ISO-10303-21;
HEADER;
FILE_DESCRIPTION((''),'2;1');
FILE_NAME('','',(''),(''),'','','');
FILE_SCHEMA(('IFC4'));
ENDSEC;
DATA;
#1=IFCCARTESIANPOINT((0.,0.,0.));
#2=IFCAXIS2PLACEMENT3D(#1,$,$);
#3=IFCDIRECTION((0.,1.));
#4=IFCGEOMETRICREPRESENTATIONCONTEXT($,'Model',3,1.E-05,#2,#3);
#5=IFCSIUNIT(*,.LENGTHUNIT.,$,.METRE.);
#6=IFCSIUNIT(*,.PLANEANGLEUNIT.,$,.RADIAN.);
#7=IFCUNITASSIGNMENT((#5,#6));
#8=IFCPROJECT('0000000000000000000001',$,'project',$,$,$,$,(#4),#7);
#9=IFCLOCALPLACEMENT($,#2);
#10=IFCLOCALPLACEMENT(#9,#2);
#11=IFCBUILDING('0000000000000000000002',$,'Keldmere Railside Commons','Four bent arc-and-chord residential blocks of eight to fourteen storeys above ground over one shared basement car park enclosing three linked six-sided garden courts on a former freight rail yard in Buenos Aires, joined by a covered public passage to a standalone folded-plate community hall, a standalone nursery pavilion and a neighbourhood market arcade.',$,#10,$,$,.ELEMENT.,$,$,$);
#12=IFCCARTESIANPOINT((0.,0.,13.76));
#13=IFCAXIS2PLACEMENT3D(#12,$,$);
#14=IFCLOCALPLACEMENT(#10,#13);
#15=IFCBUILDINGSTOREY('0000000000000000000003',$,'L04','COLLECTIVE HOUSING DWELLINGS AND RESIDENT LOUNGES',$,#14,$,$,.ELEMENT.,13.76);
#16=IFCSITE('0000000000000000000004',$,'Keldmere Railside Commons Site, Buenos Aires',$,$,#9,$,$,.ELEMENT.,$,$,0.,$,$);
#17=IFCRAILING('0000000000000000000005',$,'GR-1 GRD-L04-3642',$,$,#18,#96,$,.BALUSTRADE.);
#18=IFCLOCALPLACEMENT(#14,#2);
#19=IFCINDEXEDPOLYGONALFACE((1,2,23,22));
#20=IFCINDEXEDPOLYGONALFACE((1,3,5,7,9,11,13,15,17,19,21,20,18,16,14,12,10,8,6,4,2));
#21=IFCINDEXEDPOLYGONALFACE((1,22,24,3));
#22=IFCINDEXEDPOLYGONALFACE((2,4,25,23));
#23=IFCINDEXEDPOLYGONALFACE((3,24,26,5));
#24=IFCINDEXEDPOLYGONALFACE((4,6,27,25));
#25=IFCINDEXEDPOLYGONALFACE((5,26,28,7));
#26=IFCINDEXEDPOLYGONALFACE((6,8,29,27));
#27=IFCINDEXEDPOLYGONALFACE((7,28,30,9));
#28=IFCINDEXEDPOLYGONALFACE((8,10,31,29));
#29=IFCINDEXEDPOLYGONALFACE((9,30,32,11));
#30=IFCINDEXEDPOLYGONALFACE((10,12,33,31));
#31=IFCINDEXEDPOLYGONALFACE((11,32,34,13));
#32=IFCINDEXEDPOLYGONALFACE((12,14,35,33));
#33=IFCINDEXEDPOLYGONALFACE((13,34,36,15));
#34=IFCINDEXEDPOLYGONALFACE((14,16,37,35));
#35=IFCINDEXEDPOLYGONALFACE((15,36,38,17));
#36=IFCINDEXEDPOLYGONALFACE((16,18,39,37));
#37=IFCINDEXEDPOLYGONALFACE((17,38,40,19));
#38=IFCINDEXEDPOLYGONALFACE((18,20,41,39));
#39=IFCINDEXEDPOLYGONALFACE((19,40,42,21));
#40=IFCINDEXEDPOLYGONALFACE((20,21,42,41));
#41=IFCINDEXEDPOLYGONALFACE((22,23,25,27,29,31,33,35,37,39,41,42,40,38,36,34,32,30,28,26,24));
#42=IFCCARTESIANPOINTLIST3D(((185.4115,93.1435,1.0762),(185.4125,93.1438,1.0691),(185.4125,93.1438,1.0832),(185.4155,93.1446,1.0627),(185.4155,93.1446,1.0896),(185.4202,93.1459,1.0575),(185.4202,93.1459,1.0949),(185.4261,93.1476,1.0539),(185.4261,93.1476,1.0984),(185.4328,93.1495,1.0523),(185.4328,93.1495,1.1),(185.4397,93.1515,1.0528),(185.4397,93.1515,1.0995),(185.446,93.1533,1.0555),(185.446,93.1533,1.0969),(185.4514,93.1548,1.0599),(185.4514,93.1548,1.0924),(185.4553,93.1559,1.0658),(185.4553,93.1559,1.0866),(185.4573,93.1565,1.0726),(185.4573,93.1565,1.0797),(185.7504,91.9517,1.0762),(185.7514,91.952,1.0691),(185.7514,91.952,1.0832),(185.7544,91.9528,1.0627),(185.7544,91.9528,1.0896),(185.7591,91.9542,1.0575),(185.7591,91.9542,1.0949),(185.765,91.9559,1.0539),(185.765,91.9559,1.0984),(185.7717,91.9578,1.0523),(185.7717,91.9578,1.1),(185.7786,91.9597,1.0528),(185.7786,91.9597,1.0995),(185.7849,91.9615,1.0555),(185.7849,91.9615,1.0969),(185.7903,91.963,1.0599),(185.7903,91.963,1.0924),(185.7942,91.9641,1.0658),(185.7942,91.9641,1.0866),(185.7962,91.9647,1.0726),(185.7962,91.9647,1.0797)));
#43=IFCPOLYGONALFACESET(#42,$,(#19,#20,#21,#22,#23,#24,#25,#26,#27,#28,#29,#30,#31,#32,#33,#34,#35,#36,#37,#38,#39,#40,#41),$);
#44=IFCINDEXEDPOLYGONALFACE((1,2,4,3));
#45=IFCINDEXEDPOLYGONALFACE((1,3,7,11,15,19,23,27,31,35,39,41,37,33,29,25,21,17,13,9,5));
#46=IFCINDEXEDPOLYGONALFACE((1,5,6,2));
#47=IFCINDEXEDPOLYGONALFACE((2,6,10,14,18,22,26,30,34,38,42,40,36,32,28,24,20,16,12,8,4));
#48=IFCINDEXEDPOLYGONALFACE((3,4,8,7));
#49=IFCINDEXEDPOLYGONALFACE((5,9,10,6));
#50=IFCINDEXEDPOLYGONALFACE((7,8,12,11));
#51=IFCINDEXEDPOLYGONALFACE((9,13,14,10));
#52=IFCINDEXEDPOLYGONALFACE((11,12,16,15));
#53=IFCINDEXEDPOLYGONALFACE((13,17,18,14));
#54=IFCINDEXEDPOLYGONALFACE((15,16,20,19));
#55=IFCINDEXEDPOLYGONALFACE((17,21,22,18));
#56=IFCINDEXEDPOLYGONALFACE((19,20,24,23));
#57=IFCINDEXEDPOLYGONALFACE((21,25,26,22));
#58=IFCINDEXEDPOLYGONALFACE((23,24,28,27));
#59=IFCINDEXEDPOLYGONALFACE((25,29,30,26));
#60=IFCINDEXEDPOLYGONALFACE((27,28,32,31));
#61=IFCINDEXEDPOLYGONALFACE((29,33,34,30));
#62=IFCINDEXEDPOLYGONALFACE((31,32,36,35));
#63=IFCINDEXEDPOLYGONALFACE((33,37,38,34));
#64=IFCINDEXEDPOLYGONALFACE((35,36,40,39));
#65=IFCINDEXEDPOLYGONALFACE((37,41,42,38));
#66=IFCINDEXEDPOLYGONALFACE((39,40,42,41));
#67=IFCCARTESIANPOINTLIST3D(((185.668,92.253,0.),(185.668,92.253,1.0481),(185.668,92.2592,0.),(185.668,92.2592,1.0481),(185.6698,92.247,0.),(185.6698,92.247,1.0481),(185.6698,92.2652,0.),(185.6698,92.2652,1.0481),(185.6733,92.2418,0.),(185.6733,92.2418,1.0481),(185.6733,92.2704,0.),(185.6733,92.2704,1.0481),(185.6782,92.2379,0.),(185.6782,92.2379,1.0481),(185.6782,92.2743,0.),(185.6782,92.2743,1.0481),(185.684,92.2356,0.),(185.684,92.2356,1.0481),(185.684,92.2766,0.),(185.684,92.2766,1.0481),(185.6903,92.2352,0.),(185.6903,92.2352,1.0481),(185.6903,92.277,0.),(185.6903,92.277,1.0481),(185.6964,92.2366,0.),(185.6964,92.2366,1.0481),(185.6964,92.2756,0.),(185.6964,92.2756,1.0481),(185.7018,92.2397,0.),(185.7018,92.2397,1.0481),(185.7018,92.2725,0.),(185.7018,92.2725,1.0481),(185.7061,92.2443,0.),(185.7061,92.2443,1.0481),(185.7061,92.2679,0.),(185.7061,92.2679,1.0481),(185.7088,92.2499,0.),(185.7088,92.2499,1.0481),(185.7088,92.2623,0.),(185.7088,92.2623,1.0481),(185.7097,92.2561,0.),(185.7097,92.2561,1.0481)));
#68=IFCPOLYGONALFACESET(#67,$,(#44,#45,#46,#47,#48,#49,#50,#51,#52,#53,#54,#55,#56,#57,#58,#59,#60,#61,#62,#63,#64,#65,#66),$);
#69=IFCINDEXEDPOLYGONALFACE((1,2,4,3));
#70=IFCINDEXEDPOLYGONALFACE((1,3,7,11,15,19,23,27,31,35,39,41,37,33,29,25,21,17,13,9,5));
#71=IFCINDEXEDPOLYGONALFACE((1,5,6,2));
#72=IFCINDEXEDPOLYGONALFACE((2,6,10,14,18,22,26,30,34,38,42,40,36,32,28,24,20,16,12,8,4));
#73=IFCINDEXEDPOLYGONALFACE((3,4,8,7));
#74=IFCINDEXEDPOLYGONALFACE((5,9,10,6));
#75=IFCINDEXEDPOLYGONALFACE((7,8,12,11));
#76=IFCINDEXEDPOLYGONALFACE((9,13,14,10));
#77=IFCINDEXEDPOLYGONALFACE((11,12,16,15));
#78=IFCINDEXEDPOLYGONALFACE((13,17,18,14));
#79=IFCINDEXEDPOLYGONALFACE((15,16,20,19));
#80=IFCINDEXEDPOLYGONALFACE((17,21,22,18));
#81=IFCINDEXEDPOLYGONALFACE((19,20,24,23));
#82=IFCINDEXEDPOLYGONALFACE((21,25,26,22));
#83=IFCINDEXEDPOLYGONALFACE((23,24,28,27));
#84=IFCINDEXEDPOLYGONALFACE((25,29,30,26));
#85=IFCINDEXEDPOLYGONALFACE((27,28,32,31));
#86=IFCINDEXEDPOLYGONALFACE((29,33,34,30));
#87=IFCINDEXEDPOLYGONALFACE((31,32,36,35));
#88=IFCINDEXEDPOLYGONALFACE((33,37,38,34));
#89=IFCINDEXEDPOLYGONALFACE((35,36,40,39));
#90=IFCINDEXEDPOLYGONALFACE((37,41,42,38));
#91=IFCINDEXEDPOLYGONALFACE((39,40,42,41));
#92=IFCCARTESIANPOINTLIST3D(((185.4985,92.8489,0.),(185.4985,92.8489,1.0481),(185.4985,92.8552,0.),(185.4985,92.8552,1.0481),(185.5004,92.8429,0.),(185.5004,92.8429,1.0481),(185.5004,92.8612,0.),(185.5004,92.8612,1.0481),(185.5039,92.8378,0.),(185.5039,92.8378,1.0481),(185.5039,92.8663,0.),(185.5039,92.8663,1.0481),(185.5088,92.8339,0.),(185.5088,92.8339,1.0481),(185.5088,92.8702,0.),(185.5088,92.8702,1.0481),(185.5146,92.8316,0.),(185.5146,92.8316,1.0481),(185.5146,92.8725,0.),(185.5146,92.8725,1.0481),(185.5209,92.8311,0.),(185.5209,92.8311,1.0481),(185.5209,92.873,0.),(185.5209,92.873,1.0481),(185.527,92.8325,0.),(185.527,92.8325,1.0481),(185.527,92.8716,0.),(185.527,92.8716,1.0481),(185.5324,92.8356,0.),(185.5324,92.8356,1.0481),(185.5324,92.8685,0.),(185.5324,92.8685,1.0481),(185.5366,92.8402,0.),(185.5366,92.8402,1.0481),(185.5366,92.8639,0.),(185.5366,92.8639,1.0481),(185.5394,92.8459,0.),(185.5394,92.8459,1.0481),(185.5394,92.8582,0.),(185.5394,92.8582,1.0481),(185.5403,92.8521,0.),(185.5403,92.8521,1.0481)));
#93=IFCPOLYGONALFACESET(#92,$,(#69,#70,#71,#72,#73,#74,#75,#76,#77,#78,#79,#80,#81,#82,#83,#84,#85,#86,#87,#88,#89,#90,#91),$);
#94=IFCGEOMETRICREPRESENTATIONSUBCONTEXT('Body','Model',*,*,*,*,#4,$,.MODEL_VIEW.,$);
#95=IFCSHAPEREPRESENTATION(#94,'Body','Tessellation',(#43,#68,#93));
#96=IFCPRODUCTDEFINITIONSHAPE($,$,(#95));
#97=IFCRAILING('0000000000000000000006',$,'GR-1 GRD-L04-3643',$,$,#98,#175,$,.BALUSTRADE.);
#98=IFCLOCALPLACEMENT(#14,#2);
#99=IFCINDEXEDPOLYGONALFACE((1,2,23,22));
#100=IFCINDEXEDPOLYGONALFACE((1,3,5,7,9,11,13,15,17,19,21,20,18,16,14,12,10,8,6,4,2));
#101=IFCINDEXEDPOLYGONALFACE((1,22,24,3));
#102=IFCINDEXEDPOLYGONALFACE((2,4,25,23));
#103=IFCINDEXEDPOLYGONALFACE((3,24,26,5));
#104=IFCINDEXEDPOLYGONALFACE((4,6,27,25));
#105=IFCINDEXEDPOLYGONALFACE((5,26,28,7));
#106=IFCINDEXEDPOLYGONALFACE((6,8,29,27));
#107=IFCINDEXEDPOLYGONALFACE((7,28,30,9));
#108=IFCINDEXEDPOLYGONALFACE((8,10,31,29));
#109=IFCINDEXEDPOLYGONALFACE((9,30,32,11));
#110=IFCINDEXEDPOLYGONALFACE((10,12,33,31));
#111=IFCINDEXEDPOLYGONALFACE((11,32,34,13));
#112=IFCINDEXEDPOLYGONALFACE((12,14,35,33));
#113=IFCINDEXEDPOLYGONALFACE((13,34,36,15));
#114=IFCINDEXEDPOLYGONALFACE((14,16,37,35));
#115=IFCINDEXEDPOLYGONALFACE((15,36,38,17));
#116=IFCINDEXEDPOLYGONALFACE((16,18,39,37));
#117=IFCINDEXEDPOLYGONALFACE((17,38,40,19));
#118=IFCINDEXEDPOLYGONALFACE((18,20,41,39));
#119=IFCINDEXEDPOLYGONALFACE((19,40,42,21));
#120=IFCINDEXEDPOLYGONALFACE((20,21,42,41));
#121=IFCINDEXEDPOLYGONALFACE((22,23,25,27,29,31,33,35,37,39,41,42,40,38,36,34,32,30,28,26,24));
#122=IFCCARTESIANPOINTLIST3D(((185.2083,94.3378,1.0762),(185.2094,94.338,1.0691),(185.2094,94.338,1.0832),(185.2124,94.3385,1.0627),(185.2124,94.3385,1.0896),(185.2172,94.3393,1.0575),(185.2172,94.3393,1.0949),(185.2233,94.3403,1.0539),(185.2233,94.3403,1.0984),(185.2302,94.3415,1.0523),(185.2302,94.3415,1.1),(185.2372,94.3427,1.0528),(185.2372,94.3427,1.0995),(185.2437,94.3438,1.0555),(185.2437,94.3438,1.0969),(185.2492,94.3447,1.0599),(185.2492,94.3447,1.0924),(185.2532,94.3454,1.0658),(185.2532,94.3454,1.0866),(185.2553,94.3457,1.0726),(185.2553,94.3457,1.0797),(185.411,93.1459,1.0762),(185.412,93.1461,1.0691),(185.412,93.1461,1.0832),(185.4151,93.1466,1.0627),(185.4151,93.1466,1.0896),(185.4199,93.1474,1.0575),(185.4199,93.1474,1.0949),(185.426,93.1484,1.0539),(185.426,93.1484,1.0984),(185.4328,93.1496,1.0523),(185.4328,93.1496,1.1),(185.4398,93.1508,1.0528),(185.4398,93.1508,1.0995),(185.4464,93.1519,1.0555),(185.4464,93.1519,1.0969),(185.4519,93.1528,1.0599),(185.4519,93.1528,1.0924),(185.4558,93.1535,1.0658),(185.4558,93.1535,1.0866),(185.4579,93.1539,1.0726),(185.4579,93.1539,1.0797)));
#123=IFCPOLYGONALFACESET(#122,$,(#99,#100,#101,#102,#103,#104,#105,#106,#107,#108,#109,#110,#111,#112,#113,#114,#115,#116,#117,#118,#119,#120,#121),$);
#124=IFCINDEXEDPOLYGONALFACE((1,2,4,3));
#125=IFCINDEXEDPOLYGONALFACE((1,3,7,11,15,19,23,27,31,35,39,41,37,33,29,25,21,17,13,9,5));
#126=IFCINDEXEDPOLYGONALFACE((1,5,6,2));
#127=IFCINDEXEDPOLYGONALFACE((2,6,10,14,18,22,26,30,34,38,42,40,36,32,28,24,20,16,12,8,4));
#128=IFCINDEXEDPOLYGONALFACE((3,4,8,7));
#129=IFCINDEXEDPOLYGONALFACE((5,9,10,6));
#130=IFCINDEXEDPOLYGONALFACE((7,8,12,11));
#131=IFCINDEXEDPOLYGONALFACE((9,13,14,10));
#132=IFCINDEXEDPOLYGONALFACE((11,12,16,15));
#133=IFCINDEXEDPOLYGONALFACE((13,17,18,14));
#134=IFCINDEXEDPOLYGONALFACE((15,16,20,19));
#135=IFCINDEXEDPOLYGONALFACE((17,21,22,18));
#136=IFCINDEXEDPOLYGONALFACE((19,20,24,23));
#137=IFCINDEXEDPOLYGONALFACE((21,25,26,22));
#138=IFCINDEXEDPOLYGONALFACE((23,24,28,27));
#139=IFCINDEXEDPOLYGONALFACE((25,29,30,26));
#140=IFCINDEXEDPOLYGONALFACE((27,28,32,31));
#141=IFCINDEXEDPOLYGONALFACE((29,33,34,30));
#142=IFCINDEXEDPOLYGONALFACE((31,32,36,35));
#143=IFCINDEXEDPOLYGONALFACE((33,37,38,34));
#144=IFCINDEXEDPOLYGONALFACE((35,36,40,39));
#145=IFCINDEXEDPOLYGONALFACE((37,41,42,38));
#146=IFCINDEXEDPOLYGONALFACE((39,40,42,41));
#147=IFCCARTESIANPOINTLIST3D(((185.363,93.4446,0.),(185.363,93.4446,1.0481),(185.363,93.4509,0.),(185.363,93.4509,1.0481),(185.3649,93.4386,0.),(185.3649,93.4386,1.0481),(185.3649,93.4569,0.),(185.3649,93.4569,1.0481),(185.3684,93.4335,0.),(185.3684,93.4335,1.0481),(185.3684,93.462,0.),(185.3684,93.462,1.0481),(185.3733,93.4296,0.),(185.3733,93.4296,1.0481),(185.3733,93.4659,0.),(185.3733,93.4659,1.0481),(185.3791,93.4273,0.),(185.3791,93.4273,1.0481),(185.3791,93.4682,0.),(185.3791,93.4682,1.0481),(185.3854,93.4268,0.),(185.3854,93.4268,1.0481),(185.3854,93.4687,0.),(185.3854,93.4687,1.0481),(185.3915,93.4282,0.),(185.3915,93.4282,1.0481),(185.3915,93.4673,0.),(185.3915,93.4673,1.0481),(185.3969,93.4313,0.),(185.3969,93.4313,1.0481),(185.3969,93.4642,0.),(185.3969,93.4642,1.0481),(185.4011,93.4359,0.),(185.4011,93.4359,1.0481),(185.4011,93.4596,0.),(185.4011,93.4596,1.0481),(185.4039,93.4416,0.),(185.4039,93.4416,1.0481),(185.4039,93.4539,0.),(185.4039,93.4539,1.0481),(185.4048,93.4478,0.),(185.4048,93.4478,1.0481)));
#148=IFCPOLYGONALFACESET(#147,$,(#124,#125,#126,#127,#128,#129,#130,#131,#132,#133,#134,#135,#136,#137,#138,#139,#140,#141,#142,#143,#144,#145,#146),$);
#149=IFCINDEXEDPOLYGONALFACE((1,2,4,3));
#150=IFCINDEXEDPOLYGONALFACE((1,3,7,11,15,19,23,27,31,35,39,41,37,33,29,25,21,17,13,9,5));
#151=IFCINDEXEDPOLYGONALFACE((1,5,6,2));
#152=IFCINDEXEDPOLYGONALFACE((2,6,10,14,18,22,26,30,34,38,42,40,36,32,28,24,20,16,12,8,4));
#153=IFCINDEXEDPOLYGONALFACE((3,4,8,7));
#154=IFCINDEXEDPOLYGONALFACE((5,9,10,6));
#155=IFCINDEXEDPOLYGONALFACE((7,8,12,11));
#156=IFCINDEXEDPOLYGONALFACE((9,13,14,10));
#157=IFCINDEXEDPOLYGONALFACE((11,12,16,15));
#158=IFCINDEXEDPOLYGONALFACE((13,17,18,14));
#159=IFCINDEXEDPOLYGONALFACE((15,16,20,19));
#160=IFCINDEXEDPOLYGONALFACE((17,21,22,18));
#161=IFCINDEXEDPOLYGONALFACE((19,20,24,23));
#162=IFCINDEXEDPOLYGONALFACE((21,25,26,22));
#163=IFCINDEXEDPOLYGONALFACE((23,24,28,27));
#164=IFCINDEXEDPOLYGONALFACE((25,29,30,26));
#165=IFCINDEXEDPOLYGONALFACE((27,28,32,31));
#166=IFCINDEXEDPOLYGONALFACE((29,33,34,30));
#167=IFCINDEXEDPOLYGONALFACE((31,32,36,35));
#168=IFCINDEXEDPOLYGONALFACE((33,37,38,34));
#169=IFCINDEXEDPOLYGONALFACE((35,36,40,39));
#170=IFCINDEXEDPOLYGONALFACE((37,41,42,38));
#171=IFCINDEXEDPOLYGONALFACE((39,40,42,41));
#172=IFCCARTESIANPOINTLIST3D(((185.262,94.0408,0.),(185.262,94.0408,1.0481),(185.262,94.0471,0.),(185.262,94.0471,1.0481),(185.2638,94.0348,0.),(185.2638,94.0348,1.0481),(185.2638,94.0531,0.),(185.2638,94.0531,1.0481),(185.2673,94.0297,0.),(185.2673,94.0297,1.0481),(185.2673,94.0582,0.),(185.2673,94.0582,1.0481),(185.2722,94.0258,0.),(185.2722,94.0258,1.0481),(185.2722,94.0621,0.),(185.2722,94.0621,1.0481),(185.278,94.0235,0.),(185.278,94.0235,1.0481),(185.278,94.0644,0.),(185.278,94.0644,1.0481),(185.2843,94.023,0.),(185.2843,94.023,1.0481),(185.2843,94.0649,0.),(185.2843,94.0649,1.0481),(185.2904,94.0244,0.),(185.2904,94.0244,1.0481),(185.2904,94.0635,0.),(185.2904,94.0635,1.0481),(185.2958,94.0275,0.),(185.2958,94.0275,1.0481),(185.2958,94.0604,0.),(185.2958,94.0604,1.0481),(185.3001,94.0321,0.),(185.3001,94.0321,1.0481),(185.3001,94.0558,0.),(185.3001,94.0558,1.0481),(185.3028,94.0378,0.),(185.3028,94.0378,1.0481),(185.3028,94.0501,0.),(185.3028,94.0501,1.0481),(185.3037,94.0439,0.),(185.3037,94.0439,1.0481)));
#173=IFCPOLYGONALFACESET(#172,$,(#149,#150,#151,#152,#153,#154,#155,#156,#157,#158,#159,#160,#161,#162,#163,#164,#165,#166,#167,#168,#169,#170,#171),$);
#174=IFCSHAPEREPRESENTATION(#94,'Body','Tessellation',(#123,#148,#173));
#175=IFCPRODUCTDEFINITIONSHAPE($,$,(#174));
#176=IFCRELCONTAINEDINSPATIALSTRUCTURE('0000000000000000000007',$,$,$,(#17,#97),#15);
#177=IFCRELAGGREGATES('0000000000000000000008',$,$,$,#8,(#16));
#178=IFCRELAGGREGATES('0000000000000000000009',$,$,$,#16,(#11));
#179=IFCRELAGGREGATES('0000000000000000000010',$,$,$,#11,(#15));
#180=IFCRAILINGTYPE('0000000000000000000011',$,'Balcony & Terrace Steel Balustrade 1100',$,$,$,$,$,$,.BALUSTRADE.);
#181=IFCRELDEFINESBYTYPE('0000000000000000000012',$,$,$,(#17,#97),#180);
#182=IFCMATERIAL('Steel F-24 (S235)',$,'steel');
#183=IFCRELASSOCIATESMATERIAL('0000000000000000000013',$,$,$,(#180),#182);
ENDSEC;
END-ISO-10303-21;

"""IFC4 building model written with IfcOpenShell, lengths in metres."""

from ifc_helpers import new_model, si_unit, direction, frame, origin, origin_2d, place, context, subcontext, project, spatial, circle, extrude, material, type_object, element, save


model = new_model("IFC4")

# Units and contexts
model_context = context("Model", 3, precision=1e-05, world=origin(), true_north=direction((0.0, 1.0)))
body_context = subcontext(model_context, "Body", "Model", "MODEL_VIEW")
ifc_project = project(units=[si_unit("LENGTHUNIT", "METRE"), si_unit("PLANEANGLEUNIT", "RADIAN")], contexts=[model_context])

# Site, building, storey
site_placement = place(None, origin())
site = spatial("IfcSite", under=ifc_project, at=site_placement, Name="Keldmere Railside Commons Site, Buenos Aires", CompositionType="ELEMENT", RefElevation=0.0)
building_placement = place(site_placement, origin())
building = spatial("IfcBuilding", under=site, at=building_placement, Name="Keldmere Railside Commons", Description="Four bent arc-and-chord residential blocks of eight to fourteen storeys above ground over one shared basement car park enclosing three linked six-sided garden courts on a former freight rail yard in Buenos Aires, joined by a covered public passage to a standalone folded-plate community hall, a standalone nursery pavilion and a neighbourhood market arcade.", CompositionType="ELEMENT")
storey_placement = place(building_placement, frame((0.0, 0.0, 13.76)))
storey = spatial("IfcBuildingStorey", under=building, at=storey_placement, Name="L04", Description="COLLECTIVE HOUSING DWELLINGS AND RESIDENT LOUNGES", CompositionType="ELEMENT", Elevation=13.76)

# Railings
ifc_material_1 = material(Name="Steel F-24 (S235)", Category="steel")
railing_type = type_object("IfcRailingType", Name="Balcony & Terrace Steel Balustrade 1100", PredefinedType="BALUSTRADE", material=ifc_material_1)
railing_1_placement = place(storey_placement, frame((185.7734, 91.9583, 0.0)))
element("IfcRailing", 1, at=railing_1_placement, inside=storey, type_object=railing_type, Name="GR-1 GRD-L04-3642", PredefinedType="BALUSTRADE", context=body_context, shape_type="SweptSolid", body=[
    extrude(circle(Radius=0.0239, at=origin_2d()), frame((0.0, 0.0, 1.0762), z_axis=(-0.273524, 0.961865, 0.0), x_axis=(-0.961865, -0.273524, 0.0)), (0.0, 0.0, 1.0), 1.239),
    extrude(circle(Radius=0.021, at=origin_2d()), frame((-0.0847, 0.2979, 0.0)), (0.0, 0.0, 1.0), 1.0481),
    extrude(circle(Radius=0.021, at=origin_2d()), frame((-0.2542, 0.8938, 0.0)), (0.0, 0.0, 1.0), 1.0481),
])
railing_2_placement = place(storey_placement, frame((185.4346, 93.1499, 0.0)))
element("IfcRailing", 2, at=railing_2_placement, inside=storey, type_object=railing_type, Name="GR-1 GRD-L04-3643", PredefinedType="BALUSTRADE", context=body_context, shape_type="SweptSolid", body=[
    extrude(circle(Radius=0.0239, at=origin_2d()), frame((0.0, 0.0, 1.0762), z_axis=(-0.167607, 0.985854, 0.0), x_axis=(-0.985854, -0.167607, 0.0)), (0.0, 0.0, 1.0), 1.209),
    extrude(circle(Radius=0.021, at=origin_2d()), frame((-0.0508, 0.2979, 0.0)), (0.0, 0.0, 1.0), 1.0481),
    extrude(circle(Radius=0.021, at=origin_2d()), frame((-0.1519, 0.894, 0.0)), (0.0, 0.0, 1.0), 1.0481),
])

save(model, "model.ifc")
